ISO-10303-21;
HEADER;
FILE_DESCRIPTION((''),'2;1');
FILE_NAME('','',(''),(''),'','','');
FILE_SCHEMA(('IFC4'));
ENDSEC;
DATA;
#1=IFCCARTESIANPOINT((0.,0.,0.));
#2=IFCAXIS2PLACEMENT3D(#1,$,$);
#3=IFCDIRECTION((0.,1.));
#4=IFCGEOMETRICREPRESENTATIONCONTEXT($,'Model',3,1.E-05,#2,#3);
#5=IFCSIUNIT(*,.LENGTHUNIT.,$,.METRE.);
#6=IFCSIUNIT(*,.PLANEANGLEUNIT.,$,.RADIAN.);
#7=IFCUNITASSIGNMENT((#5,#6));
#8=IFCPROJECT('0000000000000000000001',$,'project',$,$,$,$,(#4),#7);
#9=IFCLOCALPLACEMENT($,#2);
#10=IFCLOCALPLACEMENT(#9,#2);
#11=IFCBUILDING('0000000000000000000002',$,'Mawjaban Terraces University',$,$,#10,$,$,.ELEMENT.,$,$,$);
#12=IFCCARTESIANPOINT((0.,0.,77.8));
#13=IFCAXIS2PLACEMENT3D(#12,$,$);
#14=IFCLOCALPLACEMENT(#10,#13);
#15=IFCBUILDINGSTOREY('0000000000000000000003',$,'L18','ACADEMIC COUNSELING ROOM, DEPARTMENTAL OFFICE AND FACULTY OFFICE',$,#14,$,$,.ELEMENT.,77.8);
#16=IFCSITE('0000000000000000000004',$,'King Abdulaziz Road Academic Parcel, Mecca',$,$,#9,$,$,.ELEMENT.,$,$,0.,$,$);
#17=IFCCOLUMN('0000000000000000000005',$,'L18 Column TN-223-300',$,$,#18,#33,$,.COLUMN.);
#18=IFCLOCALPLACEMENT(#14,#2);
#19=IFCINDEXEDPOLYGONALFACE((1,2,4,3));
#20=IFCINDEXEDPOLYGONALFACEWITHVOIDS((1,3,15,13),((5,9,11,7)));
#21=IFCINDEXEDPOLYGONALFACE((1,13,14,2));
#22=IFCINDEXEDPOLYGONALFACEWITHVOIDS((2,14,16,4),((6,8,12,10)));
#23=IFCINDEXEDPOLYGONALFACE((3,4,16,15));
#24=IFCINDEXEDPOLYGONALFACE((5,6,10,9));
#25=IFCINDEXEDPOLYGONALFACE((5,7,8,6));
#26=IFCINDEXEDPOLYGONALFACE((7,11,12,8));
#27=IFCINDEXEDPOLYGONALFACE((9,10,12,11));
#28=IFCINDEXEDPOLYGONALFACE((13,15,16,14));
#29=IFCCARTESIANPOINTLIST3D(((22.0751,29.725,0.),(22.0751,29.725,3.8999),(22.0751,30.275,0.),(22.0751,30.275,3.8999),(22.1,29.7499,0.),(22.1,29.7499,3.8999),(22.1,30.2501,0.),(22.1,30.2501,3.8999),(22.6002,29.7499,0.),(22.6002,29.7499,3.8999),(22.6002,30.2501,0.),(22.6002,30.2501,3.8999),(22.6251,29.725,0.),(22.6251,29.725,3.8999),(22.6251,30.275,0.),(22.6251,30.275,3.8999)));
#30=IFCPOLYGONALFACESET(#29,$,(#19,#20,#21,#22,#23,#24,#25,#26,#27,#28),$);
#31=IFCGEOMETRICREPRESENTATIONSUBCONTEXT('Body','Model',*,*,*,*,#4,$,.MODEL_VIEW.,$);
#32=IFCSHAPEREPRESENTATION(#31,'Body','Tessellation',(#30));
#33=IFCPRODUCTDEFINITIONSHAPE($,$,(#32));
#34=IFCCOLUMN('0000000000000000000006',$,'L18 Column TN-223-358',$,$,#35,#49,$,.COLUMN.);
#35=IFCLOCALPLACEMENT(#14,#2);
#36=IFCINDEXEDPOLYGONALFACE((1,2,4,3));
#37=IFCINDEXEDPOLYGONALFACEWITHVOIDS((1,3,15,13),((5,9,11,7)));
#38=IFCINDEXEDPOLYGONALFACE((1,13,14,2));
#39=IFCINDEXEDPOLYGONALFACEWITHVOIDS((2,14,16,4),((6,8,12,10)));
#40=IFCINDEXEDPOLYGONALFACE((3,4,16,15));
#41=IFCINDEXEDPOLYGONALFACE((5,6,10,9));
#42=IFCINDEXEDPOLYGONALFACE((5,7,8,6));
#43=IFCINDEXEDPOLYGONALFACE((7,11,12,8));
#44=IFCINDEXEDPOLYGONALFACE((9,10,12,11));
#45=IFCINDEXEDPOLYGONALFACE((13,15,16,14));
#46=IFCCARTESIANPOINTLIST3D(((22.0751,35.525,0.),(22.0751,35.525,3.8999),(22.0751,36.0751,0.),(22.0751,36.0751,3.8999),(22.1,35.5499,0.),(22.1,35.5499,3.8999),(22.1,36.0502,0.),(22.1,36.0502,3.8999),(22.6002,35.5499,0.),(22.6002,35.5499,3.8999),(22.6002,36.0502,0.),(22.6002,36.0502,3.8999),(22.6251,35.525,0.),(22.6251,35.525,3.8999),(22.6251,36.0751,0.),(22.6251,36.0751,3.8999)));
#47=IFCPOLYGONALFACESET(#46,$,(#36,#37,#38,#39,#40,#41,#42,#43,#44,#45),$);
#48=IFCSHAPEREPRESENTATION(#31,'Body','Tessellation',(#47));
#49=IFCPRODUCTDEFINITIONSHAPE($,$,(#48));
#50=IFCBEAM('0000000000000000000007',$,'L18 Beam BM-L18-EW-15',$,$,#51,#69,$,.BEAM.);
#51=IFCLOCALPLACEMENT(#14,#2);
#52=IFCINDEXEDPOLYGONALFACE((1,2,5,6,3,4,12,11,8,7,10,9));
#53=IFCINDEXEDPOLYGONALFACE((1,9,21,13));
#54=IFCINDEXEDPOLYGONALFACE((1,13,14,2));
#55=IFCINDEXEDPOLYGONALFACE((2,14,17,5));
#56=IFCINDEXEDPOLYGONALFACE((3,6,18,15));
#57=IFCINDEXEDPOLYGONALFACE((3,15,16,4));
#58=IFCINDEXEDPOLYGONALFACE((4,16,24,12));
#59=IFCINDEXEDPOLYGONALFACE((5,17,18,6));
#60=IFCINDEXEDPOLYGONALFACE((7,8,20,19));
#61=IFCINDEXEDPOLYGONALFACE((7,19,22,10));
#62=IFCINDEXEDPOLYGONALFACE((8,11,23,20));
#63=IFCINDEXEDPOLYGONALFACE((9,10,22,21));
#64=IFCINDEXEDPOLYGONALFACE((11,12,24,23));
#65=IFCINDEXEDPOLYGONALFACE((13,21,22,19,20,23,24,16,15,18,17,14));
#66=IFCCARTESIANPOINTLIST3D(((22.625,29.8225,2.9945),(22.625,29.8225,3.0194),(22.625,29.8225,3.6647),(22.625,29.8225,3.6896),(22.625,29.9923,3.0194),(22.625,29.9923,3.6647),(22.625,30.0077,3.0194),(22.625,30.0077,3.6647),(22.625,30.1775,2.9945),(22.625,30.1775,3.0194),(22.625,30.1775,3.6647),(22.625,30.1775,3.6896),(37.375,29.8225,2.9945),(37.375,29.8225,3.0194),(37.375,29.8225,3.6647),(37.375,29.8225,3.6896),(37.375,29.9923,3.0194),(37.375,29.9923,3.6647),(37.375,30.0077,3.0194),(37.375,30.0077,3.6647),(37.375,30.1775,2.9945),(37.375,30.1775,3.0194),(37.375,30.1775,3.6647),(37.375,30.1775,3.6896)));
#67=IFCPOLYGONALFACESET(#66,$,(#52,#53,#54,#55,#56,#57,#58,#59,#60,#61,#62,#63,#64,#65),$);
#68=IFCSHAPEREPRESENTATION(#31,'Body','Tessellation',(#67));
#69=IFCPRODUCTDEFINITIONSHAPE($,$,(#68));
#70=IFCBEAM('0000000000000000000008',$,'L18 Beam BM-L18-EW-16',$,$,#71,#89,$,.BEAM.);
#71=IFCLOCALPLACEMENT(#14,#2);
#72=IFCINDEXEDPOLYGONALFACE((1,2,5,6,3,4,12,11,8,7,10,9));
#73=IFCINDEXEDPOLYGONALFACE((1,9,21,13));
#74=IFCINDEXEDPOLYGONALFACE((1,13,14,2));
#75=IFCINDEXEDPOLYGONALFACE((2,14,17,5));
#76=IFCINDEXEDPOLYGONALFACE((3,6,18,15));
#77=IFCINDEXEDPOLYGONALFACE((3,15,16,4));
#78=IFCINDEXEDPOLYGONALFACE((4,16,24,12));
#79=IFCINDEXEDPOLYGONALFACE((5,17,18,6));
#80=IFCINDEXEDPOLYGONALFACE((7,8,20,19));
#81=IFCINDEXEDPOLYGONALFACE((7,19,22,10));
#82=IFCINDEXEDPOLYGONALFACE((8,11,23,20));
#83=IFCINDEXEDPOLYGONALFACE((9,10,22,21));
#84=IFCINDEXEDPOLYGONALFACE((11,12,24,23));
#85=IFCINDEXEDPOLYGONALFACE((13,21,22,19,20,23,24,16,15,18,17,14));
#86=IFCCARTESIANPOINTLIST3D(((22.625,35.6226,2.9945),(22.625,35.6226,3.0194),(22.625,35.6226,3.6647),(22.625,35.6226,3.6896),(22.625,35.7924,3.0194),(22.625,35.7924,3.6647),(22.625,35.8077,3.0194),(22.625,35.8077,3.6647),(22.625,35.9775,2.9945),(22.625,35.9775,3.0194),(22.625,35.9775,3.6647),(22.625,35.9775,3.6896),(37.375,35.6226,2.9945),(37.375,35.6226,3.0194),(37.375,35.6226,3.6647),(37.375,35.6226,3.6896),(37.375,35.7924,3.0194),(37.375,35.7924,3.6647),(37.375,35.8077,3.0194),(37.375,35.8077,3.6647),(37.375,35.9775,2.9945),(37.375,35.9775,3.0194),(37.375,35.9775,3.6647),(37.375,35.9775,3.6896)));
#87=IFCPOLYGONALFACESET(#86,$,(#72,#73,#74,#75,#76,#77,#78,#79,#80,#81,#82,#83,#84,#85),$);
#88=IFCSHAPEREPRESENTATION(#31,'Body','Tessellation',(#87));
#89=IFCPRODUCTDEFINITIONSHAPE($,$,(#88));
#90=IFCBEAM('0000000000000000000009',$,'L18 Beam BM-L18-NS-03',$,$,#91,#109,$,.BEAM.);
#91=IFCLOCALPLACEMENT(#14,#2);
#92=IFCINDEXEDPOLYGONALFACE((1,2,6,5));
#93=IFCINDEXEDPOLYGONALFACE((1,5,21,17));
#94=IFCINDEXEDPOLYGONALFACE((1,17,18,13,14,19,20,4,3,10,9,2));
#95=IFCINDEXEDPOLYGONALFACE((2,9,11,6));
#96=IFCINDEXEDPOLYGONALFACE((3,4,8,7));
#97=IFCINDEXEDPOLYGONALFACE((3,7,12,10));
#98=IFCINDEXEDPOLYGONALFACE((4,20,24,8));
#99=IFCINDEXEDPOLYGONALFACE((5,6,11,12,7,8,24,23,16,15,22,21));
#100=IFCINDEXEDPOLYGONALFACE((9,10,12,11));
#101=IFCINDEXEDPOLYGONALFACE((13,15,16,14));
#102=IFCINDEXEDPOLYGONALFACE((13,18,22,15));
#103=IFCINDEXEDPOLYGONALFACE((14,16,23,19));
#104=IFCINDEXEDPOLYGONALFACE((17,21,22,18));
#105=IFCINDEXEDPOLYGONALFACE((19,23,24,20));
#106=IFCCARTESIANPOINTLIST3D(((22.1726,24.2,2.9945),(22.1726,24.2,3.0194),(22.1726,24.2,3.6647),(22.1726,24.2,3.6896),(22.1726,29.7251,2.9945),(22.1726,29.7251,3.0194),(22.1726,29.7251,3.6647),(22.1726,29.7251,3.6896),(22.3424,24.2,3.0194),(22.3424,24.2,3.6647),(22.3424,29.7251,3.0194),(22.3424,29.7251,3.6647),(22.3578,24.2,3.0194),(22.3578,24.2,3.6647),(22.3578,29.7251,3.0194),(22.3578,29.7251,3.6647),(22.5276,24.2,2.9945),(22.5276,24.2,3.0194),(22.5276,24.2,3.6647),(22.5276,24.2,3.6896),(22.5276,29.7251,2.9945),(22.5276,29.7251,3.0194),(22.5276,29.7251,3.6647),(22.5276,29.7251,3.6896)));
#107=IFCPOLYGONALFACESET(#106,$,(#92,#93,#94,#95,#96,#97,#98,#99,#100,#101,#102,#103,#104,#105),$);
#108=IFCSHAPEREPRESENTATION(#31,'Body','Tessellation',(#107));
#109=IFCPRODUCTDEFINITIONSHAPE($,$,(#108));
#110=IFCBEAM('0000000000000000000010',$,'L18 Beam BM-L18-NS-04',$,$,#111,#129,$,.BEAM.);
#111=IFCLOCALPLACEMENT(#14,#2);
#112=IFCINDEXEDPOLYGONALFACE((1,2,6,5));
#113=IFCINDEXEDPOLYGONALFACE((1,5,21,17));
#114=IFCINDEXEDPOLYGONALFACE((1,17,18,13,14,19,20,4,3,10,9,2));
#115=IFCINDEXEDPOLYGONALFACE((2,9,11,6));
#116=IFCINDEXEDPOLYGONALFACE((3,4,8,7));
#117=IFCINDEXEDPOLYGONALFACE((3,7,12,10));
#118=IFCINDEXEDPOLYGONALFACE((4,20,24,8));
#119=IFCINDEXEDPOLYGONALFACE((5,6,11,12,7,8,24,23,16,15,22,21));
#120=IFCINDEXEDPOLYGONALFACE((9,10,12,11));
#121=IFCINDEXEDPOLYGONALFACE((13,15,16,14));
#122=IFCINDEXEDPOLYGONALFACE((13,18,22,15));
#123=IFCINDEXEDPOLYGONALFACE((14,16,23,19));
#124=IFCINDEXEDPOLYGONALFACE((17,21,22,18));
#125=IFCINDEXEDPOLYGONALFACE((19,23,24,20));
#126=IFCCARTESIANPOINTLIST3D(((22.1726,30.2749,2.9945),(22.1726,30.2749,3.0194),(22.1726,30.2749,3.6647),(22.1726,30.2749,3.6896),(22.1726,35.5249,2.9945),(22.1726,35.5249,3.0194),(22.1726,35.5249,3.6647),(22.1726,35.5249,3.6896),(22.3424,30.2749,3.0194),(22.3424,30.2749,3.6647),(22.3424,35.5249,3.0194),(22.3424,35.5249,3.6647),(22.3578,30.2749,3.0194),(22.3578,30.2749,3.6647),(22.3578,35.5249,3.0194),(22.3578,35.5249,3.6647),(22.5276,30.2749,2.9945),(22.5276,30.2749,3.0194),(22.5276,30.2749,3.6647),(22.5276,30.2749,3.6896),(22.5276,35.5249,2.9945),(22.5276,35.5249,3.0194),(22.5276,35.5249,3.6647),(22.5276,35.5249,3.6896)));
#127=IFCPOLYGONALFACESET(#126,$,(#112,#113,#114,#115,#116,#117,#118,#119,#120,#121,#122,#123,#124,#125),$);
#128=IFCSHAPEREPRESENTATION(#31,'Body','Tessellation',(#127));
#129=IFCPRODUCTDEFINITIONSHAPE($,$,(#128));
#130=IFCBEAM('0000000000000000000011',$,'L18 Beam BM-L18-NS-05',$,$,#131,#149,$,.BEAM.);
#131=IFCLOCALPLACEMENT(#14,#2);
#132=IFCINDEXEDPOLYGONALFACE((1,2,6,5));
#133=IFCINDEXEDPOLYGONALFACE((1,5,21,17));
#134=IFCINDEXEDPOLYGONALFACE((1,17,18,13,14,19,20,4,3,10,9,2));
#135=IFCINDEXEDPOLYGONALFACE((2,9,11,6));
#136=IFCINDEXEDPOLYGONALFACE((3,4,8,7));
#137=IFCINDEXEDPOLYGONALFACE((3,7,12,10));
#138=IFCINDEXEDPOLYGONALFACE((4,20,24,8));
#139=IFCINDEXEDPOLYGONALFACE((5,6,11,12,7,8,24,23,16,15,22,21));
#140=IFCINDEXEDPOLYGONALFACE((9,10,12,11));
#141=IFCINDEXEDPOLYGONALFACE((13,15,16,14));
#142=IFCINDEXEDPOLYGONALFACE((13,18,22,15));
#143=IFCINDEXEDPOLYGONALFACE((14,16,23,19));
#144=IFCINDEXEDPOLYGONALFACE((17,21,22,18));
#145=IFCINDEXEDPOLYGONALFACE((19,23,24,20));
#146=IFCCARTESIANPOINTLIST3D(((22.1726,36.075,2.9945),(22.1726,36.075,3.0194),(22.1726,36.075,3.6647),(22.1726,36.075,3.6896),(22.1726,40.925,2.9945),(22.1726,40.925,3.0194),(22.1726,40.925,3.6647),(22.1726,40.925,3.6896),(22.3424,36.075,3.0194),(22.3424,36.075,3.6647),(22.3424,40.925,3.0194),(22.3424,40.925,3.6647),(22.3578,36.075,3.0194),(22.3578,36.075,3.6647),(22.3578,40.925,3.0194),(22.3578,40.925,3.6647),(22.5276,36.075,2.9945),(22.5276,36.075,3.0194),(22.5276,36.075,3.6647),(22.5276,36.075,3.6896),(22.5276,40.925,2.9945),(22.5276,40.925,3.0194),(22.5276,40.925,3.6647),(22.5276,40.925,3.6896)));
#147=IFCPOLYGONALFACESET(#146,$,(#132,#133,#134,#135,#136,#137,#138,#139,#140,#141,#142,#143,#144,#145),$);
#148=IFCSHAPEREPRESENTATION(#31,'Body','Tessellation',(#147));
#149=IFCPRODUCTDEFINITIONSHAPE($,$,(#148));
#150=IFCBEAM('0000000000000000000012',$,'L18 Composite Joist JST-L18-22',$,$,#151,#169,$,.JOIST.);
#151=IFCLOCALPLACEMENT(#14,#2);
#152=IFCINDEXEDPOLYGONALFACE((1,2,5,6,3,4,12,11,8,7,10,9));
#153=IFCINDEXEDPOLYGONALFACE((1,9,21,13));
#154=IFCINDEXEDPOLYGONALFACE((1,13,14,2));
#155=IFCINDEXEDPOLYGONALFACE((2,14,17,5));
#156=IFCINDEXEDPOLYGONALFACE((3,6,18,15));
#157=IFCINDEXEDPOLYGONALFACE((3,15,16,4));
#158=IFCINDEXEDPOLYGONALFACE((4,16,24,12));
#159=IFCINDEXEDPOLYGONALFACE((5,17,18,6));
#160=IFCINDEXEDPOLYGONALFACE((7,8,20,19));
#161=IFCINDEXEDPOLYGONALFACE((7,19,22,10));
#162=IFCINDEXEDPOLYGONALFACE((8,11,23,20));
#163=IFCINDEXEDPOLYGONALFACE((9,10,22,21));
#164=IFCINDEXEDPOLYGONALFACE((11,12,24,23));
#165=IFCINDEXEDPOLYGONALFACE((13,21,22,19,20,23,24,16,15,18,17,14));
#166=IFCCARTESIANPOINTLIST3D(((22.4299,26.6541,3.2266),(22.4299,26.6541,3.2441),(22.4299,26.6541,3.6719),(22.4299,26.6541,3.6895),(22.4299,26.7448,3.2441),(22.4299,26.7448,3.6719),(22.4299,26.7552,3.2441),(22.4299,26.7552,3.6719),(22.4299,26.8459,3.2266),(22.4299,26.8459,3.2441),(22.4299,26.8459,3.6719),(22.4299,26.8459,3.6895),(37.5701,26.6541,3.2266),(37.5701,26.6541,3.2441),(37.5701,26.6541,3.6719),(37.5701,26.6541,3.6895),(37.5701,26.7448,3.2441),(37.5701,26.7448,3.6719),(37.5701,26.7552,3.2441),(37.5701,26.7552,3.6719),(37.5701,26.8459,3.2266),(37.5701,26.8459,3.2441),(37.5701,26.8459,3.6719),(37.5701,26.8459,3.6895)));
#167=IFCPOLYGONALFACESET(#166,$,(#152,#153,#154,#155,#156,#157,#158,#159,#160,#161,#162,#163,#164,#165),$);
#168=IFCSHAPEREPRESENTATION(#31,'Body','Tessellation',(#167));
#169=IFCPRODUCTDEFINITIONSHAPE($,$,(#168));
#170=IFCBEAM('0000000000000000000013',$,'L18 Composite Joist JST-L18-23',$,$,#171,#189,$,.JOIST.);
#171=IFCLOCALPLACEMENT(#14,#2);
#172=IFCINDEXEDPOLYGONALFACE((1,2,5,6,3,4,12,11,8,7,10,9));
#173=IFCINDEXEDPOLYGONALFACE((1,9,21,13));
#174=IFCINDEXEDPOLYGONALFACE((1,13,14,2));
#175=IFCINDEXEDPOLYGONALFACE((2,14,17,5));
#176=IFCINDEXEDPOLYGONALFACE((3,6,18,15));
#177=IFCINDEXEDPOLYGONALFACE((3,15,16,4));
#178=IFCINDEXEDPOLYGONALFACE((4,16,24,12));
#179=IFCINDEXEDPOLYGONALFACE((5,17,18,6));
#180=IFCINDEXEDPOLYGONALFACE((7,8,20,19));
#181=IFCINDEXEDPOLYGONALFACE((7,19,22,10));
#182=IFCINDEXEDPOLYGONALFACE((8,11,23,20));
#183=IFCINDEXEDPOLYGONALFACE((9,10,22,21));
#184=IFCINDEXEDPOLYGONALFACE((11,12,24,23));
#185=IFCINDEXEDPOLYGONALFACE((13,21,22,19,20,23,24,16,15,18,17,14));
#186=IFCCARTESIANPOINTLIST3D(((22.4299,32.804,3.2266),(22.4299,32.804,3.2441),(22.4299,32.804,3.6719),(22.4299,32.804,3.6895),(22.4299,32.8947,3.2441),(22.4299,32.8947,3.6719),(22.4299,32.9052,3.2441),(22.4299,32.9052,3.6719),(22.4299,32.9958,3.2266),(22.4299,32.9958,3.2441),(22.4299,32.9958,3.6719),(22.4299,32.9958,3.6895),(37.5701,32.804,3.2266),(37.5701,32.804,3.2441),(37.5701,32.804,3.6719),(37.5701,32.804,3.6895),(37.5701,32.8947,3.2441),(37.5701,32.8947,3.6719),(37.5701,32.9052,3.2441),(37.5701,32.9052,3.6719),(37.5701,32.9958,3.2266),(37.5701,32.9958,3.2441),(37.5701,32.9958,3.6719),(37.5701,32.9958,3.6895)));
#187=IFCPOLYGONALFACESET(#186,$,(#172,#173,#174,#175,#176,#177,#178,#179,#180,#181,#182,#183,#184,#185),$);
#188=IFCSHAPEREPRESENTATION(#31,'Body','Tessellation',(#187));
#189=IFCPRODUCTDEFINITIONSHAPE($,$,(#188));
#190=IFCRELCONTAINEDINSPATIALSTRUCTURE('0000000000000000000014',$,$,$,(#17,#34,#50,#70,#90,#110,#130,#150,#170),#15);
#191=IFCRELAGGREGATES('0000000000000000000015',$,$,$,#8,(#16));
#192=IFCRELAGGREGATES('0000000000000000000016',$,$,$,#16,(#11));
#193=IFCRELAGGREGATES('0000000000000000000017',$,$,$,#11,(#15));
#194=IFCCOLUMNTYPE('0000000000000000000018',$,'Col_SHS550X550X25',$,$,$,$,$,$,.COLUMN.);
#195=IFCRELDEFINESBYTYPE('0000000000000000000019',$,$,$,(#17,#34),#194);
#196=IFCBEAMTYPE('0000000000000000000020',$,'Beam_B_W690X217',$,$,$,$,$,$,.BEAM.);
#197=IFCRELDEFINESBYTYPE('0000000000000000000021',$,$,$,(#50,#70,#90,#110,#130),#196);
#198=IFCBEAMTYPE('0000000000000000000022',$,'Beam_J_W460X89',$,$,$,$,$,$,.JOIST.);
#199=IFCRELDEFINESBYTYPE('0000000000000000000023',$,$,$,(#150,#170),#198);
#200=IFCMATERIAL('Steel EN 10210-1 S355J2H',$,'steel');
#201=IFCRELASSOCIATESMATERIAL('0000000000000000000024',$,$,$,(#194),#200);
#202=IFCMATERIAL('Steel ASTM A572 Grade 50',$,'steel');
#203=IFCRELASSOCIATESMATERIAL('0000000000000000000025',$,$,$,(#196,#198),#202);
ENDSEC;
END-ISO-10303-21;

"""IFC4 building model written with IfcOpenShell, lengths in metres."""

from ifc_helpers import new_model, si_unit, direction, frame, origin, origin_2d, place, context, subcontext, project, spatial, hollow_rectangle, i_section, extrude, material, material_profile, profile_set, type_object, element, save


model = new_model("IFC4")

# Units and contexts
model_context = context("Model", 3, precision=1e-05, world=origin(), true_north=direction((0.0, 1.0)))
body_context = subcontext(model_context, "Body", "Model", "MODEL_VIEW")
ifc_project = project(units=[si_unit("LENGTHUNIT", "METRE"), si_unit("PLANEANGLEUNIT", "RADIAN")], contexts=[model_context])

# Site, building, storey
site_placement = place(None, origin())
site = spatial("IfcSite", under=ifc_project, at=site_placement, Name="King Abdulaziz Road Academic Parcel, Mecca", CompositionType="ELEMENT", RefElevation=0.0)
building_placement = place(site_placement, origin())
building = spatial("IfcBuilding", under=site, at=building_placement, Name="Mawjaban Terraces University", CompositionType="ELEMENT")
storey_placement = place(building_placement, frame((0.0, 0.0, 77.8)))
storey = spatial("IfcBuildingStorey", under=building, at=storey_placement, Name="L18", Description="ACADEMIC COUNSELING ROOM, DEPARTMENTAL OFFICE AND FACULTY OFFICE", CompositionType="ELEMENT", Elevation=77.8)

# Columns
ifc_material_1 = material(Name="Steel EN 10210-1 S355J2H", Category="steel")
ifc_material_profile_1 = material_profile(ifc_material_1, hollow_rectangle(XDim=0.55, YDim=0.55, WallThickness=0.0249, at=origin_2d()), Name="SHS550X550X25")
ifc_profile_set_1 = profile_set([ifc_material_profile_1], Name="Steel EN 10210-1 S355J2H")
column_type = type_object("IfcColumnType", Name="Col_SHS550X550X25", PredefinedType="COLUMN", material=ifc_profile_set_1)
for number, where, z_axis, x_axis, name in (
    (1, (22.3501, 30.0, 0.0), (0.0, 0.0, 1.0), (1.0, 0.0, 0.0), "L18 Column TN-223-300"),
    (2, (22.3501, 35.8, 0.0), (0.0, 0.0, 1.0), (1.0, 0.0, 0.0), "L18 Column TN-223-358"),
):
    element("IfcColumn", number, at=place(storey_placement, frame(where, z_axis=z_axis, x_axis=x_axis)), inside=storey, type_object=column_type, Name=name, PredefinedType="COLUMN", context=body_context, shape_type="SweptSolid", body=[
        extrude(hollow_rectangle(XDim=0.55, YDim=0.55, WallThickness=0.0249, at=origin_2d()), origin(), (0.0, 0.0, 1.0), 3.8999),
    ])

# Beams
ifc_material_2 = material(Name="Steel ASTM A572 Grade 50", Category="steel")
ifc_material_profile_2 = material_profile(ifc_material_2, i_section(OverallWidth=0.355, OverallDepth=0.6951, WebThickness=0.0154, FlangeThickness=0.0249, at=origin_2d()), Name="W690X217")
ifc_profile_set_2 = profile_set([ifc_material_profile_2], Name="Steel ASTM A572 Grade 50")
beam_type_1 = type_object("IfcBeamType", Name="Beam_B_W690X217", PredefinedType="BEAM", material=ifc_profile_set_2)
for number, where, z_axis, x_axis, name in (
    (3, (22.625, 30.0, 3.342), (1.0, 0.0, 0.0), (0.0, 1.0, 0.0), "L18 Beam BM-L18-EW-15"),
    (4, (22.625, 35.8, 3.342), (1.0, 0.0, 0.0), (0.0, 1.0, 0.0), "L18 Beam BM-L18-EW-16"),
):
    element("IfcBeam", number, at=place(storey_placement, frame(where, z_axis=z_axis, x_axis=x_axis)), inside=storey, type_object=beam_type_1, Name=name, PredefinedType="BEAM", context=body_context, shape_type="SweptSolid", body=[
        extrude(i_section(OverallWidth=0.355, OverallDepth=0.6951, WebThickness=0.0154, FlangeThickness=0.0249, at=origin_2d()), origin(), (0.0, 0.0, 1.0), 14.75),
    ])
beam_1_placement = place(storey_placement, frame((22.3501, 24.2, 3.342), z_axis=(0.0, 1.0, 0.0), x_axis=(-1.0, 0.0, 0.0)))
element("IfcBeam", 5, at=beam_1_placement, inside=storey, type_object=beam_type_1, Name="L18 Beam BM-L18-NS-03", PredefinedType="BEAM", context=body_context, shape_type="SweptSolid", body=[
    extrude(i_section(OverallWidth=0.355, OverallDepth=0.6951, WebThickness=0.0154, FlangeThickness=0.0249, at=origin_2d()), origin(), (0.0, 0.0, 1.0), 5.5251),
])
beam_2_placement = place(storey_placement, frame((22.3501, 30.2749, 3.342), z_axis=(0.0, 1.0, 0.0), x_axis=(-1.0, 0.0, 0.0)))
element("IfcBeam", 6, at=beam_2_placement, inside=storey, type_object=beam_type_1, Name="L18 Beam BM-L18-NS-04", PredefinedType="BEAM", context=body_context, shape_type="SweptSolid", body=[
    extrude(i_section(OverallWidth=0.355, OverallDepth=0.6951, WebThickness=0.0154, FlangeThickness=0.0249, at=origin_2d()), origin(), (0.0, 0.0, 1.0), 5.25),
])
beam_3_placement = place(storey_placement, frame((22.3501, 36.075, 3.342), z_axis=(0.0, 1.0, 0.0), x_axis=(-1.0, 0.0, 0.0)))
element("IfcBeam", 7, at=beam_3_placement, inside=storey, type_object=beam_type_1, Name="L18 Beam BM-L18-NS-05", PredefinedType="BEAM", context=body_context, shape_type="SweptSolid", body=[
    extrude(i_section(OverallWidth=0.355, OverallDepth=0.6951, WebThickness=0.0154, FlangeThickness=0.0249, at=origin_2d()), origin(), (0.0, 0.0, 1.0), 4.8501),
])
ifc_material_profile_3 = material_profile(ifc_material_2, i_section(OverallWidth=0.1919, OverallDepth=0.4629, WebThickness=0.0105, FlangeThickness=0.0176, at=origin_2d()), Name="W460X89")
ifc_profile_set_3 = profile_set([ifc_material_profile_3], Name="Steel ASTM A572 Grade 50")
beam_type_2 = type_object("IfcBeamType", Name="Beam_J_W460X89", PredefinedType="JOIST", material=ifc_profile_set_3)
for number, where, z_axis, x_axis, name in (
    (8, (22.4299, 26.75, 3.458), (1.0, 0.0, 0.0), (0.0, 1.0, 0.0), "L18 Composite Joist JST-L18-22"),
    (9, (22.4299, 32.8999, 3.458), (1.0, 0.0, 0.0), (0.0, 1.0, 0.0), "L18 Composite Joist JST-L18-23"),
):
    element("IfcBeam", number, at=place(storey_placement, frame(where, z_axis=z_axis, x_axis=x_axis)), inside=storey, type_object=beam_type_2, Name=name, PredefinedType="JOIST", context=body_context, shape_type="SweptSolid", body=[
        extrude(i_section(OverallWidth=0.1919, OverallDepth=0.4629, WebThickness=0.0105, FlangeThickness=0.0176, at=origin_2d()), origin(), (0.0, 0.0, 1.0), 15.1401),
    ])

save(model, "model.ifc")
